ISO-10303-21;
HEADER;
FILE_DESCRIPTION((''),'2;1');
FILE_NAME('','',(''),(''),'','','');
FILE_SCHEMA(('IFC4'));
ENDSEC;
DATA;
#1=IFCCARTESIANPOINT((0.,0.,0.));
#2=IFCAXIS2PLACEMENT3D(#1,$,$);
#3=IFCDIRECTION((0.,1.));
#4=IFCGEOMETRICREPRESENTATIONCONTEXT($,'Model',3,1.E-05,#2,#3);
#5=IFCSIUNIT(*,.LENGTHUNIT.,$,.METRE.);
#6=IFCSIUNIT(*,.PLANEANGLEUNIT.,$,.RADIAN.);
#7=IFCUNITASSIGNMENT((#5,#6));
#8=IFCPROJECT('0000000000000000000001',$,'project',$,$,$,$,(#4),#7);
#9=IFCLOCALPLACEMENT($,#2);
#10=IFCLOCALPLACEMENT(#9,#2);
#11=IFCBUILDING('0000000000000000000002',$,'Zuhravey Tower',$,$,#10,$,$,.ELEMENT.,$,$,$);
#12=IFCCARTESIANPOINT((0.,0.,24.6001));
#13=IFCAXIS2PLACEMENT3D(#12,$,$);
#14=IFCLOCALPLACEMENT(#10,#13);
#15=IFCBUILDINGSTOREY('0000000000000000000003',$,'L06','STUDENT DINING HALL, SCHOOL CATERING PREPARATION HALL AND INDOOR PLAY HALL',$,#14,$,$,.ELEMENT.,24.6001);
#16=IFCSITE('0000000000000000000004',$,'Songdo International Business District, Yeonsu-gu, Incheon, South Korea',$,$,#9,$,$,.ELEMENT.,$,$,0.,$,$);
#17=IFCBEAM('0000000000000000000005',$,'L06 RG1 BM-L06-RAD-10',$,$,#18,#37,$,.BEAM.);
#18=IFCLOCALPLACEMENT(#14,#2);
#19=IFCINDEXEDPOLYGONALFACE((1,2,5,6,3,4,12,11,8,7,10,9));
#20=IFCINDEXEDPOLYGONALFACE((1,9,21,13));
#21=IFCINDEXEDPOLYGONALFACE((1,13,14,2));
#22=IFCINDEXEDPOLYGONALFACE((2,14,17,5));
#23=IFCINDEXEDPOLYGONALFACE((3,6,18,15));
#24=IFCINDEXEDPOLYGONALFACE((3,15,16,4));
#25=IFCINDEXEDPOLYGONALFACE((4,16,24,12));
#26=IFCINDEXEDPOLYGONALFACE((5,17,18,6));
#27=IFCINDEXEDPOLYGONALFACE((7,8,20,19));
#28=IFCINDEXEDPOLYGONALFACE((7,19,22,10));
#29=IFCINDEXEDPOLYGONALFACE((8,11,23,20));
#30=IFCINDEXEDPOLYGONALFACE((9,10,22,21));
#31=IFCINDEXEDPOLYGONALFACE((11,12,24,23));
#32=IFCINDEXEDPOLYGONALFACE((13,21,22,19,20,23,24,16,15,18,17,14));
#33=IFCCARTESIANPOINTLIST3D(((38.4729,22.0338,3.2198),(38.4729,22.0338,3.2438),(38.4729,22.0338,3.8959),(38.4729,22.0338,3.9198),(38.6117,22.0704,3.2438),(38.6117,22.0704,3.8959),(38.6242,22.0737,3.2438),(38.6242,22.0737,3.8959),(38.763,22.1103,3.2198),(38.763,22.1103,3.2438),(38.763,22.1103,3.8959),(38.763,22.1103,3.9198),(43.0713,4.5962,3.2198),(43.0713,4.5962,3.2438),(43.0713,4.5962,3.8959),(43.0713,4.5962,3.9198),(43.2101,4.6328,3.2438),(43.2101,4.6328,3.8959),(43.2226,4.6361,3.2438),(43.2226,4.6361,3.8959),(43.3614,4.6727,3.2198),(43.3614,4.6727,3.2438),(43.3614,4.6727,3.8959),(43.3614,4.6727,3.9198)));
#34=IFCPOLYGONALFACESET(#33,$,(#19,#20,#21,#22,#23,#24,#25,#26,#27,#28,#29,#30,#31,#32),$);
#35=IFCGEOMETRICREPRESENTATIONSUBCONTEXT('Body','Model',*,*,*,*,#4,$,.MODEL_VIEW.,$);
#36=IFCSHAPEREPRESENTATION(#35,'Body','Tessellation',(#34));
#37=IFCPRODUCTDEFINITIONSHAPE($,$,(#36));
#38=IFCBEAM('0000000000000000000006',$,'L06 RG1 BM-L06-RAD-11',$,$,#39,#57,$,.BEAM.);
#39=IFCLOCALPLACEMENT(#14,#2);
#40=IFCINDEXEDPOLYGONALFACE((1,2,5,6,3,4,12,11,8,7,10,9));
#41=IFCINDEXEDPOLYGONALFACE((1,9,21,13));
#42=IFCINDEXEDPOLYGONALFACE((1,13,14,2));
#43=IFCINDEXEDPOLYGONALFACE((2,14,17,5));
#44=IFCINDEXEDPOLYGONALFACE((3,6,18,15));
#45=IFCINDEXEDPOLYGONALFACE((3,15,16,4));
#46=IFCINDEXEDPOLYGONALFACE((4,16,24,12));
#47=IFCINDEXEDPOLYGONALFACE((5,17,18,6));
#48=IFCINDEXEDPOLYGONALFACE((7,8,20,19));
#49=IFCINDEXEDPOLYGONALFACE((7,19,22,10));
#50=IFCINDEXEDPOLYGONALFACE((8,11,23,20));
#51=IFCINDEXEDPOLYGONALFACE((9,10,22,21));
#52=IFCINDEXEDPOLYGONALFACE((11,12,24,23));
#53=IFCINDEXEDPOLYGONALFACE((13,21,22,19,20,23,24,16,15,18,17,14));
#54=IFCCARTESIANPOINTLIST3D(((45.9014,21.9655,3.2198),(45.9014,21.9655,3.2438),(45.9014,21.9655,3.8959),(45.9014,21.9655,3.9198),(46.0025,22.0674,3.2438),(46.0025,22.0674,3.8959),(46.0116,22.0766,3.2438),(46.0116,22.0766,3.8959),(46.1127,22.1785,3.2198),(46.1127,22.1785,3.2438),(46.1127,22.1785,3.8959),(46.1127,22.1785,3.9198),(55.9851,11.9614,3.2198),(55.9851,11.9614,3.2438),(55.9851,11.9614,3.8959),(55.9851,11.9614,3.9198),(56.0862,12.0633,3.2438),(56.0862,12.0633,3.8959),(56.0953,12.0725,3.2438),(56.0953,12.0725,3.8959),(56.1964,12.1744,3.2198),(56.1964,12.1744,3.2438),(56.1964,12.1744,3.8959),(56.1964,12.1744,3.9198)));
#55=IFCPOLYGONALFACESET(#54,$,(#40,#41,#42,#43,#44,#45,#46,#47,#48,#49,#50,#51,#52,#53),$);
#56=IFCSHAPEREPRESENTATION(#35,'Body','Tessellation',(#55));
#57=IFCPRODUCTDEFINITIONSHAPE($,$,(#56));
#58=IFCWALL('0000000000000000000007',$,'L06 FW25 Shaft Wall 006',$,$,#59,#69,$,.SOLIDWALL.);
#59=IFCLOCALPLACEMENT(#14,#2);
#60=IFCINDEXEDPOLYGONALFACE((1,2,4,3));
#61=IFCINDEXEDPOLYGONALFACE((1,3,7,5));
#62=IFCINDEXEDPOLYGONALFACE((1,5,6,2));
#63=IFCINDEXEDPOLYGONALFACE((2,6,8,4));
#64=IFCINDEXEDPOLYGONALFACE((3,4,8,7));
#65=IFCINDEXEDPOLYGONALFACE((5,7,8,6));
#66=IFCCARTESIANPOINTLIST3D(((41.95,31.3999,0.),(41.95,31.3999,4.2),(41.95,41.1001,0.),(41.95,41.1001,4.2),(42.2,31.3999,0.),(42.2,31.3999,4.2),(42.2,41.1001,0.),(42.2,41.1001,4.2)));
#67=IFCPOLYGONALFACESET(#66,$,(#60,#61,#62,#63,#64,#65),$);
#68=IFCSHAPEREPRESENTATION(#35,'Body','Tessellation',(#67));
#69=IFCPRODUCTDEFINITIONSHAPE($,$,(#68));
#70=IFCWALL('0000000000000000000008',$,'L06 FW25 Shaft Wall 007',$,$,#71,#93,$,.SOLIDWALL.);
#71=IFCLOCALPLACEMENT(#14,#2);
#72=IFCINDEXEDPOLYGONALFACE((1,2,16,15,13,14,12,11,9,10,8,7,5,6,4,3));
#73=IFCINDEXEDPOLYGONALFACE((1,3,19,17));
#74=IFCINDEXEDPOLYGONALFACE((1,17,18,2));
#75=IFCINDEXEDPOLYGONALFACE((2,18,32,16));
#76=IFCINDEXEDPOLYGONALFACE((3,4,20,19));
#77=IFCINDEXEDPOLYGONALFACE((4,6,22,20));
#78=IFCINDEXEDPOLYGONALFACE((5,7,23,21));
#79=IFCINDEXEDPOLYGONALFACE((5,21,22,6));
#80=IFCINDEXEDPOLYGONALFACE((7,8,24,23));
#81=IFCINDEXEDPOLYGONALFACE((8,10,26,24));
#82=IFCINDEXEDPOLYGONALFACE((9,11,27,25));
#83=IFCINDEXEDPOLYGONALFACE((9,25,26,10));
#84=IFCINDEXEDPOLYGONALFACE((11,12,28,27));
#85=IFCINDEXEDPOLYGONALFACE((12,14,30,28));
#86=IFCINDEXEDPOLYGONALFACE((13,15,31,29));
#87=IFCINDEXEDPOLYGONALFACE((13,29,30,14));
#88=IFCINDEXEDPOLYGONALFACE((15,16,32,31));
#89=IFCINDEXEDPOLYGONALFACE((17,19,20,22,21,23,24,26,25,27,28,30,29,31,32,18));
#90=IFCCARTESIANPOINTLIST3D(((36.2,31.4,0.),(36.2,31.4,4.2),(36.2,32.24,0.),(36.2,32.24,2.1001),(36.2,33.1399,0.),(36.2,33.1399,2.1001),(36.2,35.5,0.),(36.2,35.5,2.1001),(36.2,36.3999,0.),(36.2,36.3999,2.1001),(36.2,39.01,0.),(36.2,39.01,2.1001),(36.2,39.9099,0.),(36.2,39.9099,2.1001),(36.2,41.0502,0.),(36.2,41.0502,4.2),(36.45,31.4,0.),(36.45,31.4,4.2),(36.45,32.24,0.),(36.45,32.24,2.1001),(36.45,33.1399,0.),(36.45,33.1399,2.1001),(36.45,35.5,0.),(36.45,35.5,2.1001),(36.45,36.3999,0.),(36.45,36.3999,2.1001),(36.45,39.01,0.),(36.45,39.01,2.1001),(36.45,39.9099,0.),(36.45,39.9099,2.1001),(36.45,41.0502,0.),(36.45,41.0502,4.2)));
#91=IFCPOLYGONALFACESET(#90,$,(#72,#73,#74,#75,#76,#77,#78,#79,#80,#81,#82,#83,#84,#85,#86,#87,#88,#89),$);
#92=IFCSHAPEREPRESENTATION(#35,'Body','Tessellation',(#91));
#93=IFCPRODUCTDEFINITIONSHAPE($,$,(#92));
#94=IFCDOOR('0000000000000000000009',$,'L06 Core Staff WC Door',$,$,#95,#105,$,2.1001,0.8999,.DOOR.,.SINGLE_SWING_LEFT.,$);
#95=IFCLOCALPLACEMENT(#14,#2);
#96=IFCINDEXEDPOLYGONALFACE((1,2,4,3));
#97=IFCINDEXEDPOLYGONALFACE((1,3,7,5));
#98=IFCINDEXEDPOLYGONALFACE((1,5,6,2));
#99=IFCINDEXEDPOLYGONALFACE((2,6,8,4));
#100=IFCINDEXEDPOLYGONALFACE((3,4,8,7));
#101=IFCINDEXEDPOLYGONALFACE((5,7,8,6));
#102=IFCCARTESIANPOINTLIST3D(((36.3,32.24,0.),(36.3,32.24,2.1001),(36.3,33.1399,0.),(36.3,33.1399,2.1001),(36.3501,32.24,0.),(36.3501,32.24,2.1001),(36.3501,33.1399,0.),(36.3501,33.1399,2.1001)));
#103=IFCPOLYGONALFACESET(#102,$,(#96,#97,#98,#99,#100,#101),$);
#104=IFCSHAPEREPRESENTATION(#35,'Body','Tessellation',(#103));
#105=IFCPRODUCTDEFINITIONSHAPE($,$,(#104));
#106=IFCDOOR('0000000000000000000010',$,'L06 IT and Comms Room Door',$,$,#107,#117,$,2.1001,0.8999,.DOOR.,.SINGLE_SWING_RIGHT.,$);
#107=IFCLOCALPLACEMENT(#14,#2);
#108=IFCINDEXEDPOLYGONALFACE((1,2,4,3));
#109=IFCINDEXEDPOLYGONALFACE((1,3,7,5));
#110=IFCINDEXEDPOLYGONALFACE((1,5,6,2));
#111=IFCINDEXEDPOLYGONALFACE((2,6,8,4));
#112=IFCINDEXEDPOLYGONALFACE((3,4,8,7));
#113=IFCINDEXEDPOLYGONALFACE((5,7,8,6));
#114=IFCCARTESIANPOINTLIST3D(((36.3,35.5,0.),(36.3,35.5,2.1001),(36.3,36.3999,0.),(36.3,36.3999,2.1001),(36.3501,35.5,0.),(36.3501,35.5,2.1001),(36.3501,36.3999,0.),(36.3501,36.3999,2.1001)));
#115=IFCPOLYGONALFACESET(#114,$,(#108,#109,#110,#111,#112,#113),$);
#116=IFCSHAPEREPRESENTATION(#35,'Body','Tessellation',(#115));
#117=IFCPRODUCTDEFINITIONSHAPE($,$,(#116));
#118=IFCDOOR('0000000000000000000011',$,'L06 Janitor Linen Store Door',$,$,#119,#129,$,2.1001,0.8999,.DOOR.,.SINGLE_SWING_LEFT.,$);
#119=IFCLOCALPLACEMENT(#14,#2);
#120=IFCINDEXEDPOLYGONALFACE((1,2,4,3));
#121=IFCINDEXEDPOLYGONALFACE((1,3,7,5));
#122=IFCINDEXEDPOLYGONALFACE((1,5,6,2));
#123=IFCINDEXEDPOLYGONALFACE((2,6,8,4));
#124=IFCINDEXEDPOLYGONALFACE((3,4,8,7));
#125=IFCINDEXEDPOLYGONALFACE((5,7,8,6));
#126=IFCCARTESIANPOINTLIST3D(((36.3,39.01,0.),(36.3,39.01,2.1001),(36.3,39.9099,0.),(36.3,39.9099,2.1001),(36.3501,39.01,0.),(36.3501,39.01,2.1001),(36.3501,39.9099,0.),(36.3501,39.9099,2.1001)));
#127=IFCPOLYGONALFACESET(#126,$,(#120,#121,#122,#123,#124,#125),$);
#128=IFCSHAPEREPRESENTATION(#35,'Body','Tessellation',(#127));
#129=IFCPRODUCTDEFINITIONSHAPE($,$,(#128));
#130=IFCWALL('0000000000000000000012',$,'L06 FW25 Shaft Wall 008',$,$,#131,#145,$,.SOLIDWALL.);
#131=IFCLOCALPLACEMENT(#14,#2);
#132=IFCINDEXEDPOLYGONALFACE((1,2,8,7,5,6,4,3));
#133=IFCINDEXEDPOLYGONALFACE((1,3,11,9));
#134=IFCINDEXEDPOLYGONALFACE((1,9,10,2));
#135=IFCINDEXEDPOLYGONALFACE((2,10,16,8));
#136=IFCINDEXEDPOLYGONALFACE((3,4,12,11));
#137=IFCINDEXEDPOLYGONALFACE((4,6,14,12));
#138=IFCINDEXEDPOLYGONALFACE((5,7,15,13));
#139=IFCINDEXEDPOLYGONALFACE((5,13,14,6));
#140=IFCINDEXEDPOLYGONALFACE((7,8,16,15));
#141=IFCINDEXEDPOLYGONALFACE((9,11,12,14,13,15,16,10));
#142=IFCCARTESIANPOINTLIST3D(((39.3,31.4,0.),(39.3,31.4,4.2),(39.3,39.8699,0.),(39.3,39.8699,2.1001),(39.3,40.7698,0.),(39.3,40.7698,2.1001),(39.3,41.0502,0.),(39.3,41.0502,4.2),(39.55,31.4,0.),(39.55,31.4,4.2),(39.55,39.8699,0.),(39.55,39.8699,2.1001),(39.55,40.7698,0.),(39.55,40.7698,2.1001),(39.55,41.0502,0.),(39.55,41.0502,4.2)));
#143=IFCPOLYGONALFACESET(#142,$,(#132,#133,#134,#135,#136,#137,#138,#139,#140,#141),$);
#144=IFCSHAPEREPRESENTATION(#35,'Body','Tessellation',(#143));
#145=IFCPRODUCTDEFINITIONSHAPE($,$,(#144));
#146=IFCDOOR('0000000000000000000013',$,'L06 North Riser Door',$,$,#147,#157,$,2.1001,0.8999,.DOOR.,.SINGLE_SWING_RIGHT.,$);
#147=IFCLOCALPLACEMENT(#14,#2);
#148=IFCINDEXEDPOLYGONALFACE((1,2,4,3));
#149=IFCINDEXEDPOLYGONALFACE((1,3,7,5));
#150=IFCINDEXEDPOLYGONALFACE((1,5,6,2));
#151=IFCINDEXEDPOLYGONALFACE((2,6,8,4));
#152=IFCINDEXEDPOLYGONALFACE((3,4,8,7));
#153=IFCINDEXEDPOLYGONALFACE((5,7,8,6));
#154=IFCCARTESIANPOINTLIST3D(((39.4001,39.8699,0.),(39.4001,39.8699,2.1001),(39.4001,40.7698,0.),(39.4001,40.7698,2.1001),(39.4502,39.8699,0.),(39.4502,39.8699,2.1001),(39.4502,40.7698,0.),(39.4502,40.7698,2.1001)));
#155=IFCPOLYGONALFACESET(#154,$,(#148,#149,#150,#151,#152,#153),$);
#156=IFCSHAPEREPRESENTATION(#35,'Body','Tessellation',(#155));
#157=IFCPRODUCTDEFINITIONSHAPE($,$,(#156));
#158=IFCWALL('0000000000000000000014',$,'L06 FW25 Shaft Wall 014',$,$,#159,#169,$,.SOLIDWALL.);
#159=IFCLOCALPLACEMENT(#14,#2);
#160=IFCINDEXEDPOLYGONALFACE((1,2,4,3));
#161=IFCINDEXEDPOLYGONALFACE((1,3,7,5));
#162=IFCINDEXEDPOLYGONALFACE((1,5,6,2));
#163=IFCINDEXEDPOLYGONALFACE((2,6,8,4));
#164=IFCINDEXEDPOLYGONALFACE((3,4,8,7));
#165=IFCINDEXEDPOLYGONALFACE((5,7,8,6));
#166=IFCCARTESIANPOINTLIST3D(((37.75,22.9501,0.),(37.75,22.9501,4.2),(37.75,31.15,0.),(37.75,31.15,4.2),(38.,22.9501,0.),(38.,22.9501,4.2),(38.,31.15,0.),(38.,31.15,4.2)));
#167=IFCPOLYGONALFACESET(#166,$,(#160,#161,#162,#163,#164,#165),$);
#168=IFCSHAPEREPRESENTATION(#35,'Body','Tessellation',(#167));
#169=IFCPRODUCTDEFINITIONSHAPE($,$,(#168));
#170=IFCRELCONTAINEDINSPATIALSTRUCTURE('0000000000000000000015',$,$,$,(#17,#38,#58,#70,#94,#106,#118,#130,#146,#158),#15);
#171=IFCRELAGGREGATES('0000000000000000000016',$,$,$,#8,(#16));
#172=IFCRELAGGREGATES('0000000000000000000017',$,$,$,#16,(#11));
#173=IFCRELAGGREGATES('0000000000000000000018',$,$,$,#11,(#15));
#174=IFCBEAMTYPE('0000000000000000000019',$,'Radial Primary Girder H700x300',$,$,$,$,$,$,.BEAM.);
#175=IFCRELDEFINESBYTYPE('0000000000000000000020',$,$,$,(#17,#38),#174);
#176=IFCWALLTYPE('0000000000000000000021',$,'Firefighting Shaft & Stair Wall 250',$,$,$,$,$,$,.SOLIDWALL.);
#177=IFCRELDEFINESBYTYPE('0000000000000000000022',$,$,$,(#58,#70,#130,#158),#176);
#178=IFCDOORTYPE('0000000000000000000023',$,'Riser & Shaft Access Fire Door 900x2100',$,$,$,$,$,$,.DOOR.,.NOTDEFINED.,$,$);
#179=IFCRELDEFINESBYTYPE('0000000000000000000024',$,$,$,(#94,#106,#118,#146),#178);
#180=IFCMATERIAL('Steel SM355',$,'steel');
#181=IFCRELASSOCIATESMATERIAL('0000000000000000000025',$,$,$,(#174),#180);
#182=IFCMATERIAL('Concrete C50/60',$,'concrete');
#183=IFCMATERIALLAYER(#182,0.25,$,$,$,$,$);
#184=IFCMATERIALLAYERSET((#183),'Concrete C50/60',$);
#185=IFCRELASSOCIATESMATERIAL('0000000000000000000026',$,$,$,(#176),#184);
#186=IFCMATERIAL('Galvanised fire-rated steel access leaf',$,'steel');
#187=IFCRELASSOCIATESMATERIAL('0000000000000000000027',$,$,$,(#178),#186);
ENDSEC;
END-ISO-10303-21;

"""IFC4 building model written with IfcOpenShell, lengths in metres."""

from ifc_helpers import new_model, si_unit, direction, frame, frame_2d, origin, origin_2d, place, context, subcontext, project, spatial, rectangle, i_section, extrude, material, layer, layer_set, material_profile, profile_set, type_object, element, fill, save


model = new_model("IFC4")

# Units and contexts
model_context = context("Model", 3, precision=1e-05, world=origin(), true_north=direction((0.0, 1.0)))
body_context = subcontext(model_context, "Body", "Model", "MODEL_VIEW")
ifc_project = project(units=[si_unit("LENGTHUNIT", "METRE"), si_unit("PLANEANGLEUNIT", "RADIAN")], contexts=[model_context])

# Site, building, storey
site_placement = place(None, origin())
site = spatial("IfcSite", under=ifc_project, at=site_placement, Name="Songdo International Business District, Yeonsu-gu, Incheon, South Korea", CompositionType="ELEMENT", RefElevation=0.0)
building_placement = place(site_placement, origin())
building = spatial("IfcBuilding", under=site, at=building_placement, Name="Zuhravey Tower", CompositionType="ELEMENT")
storey_placement = place(building_placement, frame((0.0, 0.0, 24.6001)))
storey = spatial("IfcBuildingStorey", under=building, at=storey_placement, Name="L06", Description="STUDENT DINING HALL, SCHOOL CATERING PREPARATION HALL AND INDOOR PLAY HALL", CompositionType="ELEMENT", Elevation=24.6001)

# Beams
ifc_material_1 = material(Name="Steel SM355", Category="steel")
ifc_material_profile = material_profile(ifc_material_1, i_section(OverallWidth=0.3, OverallDepth=0.7, WebThickness=0.0129, FlangeThickness=0.0239, at=origin_2d()), Name="H-700x300x13x24")
ifc_profile_set = profile_set([ifc_material_profile], Name="Steel SM355")
beam_type = type_object("IfcBeamType", Name="Radial Primary Girder H700x300", PredefinedType="BEAM", material=ifc_profile_set)
beam_1_placement = place(storey_placement, frame((38.6179, 22.072, 3.5698), z_axis=(0.25499, -0.966944, 0.0), x_axis=(0.966944, 0.25499, 0.0)))
element("IfcBeam", 1, at=beam_1_placement, inside=storey, type_object=beam_type, Name="L06 RG1 BM-L06-RAD-10", PredefinedType="BEAM", context=body_context, shape_type="SweptSolid", body=[
    extrude(i_section(OverallWidth=0.3, OverallDepth=0.7, WebThickness=0.0129, FlangeThickness=0.0239, at=origin_2d()), origin(), (0.0, 0.0, 1.0), 18.0337),
])
beam_2_placement = place(storey_placement, frame((46.0071, 22.072, 3.5698), z_axis=(0.709903, -0.7043, 0.0), x_axis=(0.7043, 0.709903, 0.0)))
element("IfcBeam", 2, at=beam_2_placement, inside=storey, type_object=beam_type, Name="L06 RG1 BM-L06-RAD-11", PredefinedType="BEAM", context=body_context, shape_type="SweptSolid", body=[
    extrude(i_section(OverallWidth=0.3, OverallDepth=0.7, WebThickness=0.0129, FlangeThickness=0.0239, at=origin_2d()), origin(), (0.0, 0.0, 1.0), 14.2043),
])

# Wall
ifc_material_2 = material(Name="Concrete C50/60", Category="concrete")
ifc_layer_1 = layer(ifc_material_2, 0.25)
ifc_layer_set_1 = layer_set([ifc_layer_1], Name="Concrete C50/60")
wall_type_1 = type_object("IfcWallType", Name="Firefighting Shaft & Stair Wall 250", PredefinedType="SOLIDWALL", material=ifc_layer_set_1)
wall_1_placement = place(storey_placement, frame((42.075, 31.3999, 0.0), z_axis=(0.0, 0.0, 1.0), x_axis=(0.0, 1.0, 0.0)))
element("IfcWall", 3, at=wall_1_placement, inside=storey, type_object=wall_type_1, Name="L06 FW25 Shaft Wall 006", PredefinedType="SOLIDWALL", context=body_context, shape_type="SweptSolid", body=[
    extrude(rectangle(XDim=9.7002, YDim=0.25, at=frame_2d((4.8501, 0.0))), origin(), (0.0, 0.0, 1.0), 4.2),
])

# Wall, openings, doors
wall_2_placement = place(storey_placement, frame((36.325, 31.3999, 0.0), z_axis=(0.0, 0.0, 1.0), x_axis=(0.0, 1.0, 0.0)))
wall_2 = element("IfcWall", 4, at=wall_2_placement, inside=storey, type_object=wall_type_1, Name="L06 FW25 Shaft Wall 007", PredefinedType="SOLIDWALL", context=body_context, shape_type="SweptSolid", body=[
    extrude(rectangle(XDim=9.6501, YDim=0.25, at=frame_2d((4.8252, 0.0))), origin(), (0.0, 0.0, 1.0), 4.2),
])
opening_1_placement = place(wall_2_placement, frame((0.8401, 0.0, 0.0)))
opening_1 = element("IfcOpeningElement", 5, at=opening_1_placement, cuts=wall_2, PredefinedType="OPENING", context=body_context, shape_type="SweptSolid", body=[
    extrude(rectangle(XDim=0.8999, YDim=2.1001, at=frame_2d((0.45, 1.05))), frame((0.0, 0.137, 0.0), z_axis=(0.0, -1.0, 0.0), x_axis=(1.0, 0.0, 0.0)), (0.0, 0.0, 1.0), 0.2739),
])
opening_2_placement = place(wall_2_placement, frame((4.1001, 0.0, 0.0)))
opening_2 = element("IfcOpeningElement", 6, at=opening_2_placement, cuts=wall_2, PredefinedType="OPENING", context=body_context, shape_type="SweptSolid", body=[
    extrude(rectangle(XDim=0.8999, YDim=2.1001, at=frame_2d((0.45, 1.05))), frame((0.0, 0.137, 0.0), z_axis=(0.0, -1.0, 0.0), x_axis=(1.0, 0.0, 0.0)), (0.0, 0.0, 1.0), 0.2739),
])
opening_3_placement = place(wall_2_placement, frame((7.6101, 0.0, 0.0)))
opening_3 = element("IfcOpeningElement", 7, at=opening_3_placement, cuts=wall_2, PredefinedType="OPENING", context=body_context, shape_type="SweptSolid", body=[
    extrude(rectangle(XDim=0.8999, YDim=2.1001, at=frame_2d((0.45, 1.05))), frame((0.0, 0.137, 0.0), z_axis=(0.0, -1.0, 0.0), x_axis=(1.0, 0.0, 0.0)), (0.0, 0.0, 1.0), 0.2739),
])
ifc_material_3 = material(Name="Galvanised fire-rated steel access leaf", Category="steel")
door_type_1 = type_object("IfcDoorType", Name="Riser & Shaft Access Fire Door 900x2100", OperationType="NOTDEFINED", PredefinedType="DOOR", material=ifc_material_3)
door_1_placement = place(opening_1_placement, origin())
door_1 = element("IfcDoor", 8, at=door_1_placement, inside=storey, type_object=door_type_1, Name="L06 Core Staff WC Door", OperationType="SINGLE_SWING_LEFT", OverallHeight=2.1001, OverallWidth=0.8999, PredefinedType="DOOR", context=body_context, shape_type="SweptSolid", body=[
    extrude(rectangle(XDim=0.8999, YDim=2.1001, at=frame_2d((0.45, 1.05))), frame((0.0, 0.0249, 0.0), z_axis=(0.0, -1.0, 0.0), x_axis=(1.0, 0.0, 0.0)), (0.0, 0.0, 1.0), 0.05),
])
fill(opening_1, door_1)
door_2_placement = place(opening_2_placement, origin())
door_2 = element("IfcDoor", 9, at=door_2_placement, inside=storey, type_object=door_type_1, Name="L06 IT and Comms Room Door", OperationType="SINGLE_SWING_RIGHT", OverallHeight=2.1001, OverallWidth=0.8999, PredefinedType="DOOR", context=body_context, shape_type="SweptSolid", body=[
    extrude(rectangle(XDim=0.8999, YDim=2.1001, at=frame_2d((0.45, 1.05))), frame((0.0, 0.0249, 0.0), z_axis=(0.0, -1.0, 0.0), x_axis=(1.0, 0.0, 0.0)), (0.0, 0.0, 1.0), 0.05),
])
fill(opening_2, door_2)
door_3_placement = place(opening_3_placement, origin())
door_3 = element("IfcDoor", 10, at=door_3_placement, inside=storey, type_object=door_type_1, Name="L06 Janitor Linen Store Door", OperationType="SINGLE_SWING_LEFT", OverallHeight=2.1001, OverallWidth=0.8999, PredefinedType="DOOR", context=body_context, shape_type="SweptSolid", body=[
    extrude(rectangle(XDim=0.8999, YDim=2.1001, at=frame_2d((0.45, 1.05))), frame((0.0, 0.0249, 0.0), z_axis=(0.0, -1.0, 0.0), x_axis=(1.0, 0.0, 0.0)), (0.0, 0.0, 1.0), 0.05),
])
fill(opening_3, door_3)

# Wall, opening, door
wall_3_placement = place(storey_placement, frame((39.425, 31.3999, 0.0), z_axis=(0.0, 0.0, 1.0), x_axis=(0.0, 1.0, 0.0)))
wall_3 = element("IfcWall", 11, at=wall_3_placement, inside=storey, type_object=wall_type_1, Name="L06 FW25 Shaft Wall 008", PredefinedType="SOLIDWALL", context=body_context, shape_type="SweptSolid", body=[
    extrude(rectangle(XDim=9.6501, YDim=0.25, at=frame_2d((4.8252, 0.0))), origin(), (0.0, 0.0, 1.0), 4.2),
])
opening_4_placement = place(wall_3_placement, frame((8.47, 0.0, 0.0)))
opening_4 = element("IfcOpeningElement", 12, at=opening_4_placement, cuts=wall_3, PredefinedType="OPENING", context=body_context, shape_type="SweptSolid", body=[
    extrude(rectangle(XDim=0.8999, YDim=2.1001, at=frame_2d((0.45, 1.05))), frame((0.0, 0.137, 0.0), z_axis=(0.0, -1.0, 0.0), x_axis=(1.0, 0.0, 0.0)), (0.0, 0.0, 1.0), 0.2739),
])
door_4_placement = place(opening_4_placement, origin())
door_4 = element("IfcDoor", 13, at=door_4_placement, inside=storey, type_object=door_type_1, Name="L06 North Riser Door", OperationType="SINGLE_SWING_RIGHT", OverallHeight=2.1001, OverallWidth=0.8999, PredefinedType="DOOR", context=body_context, shape_type="SweptSolid", body=[
    extrude(rectangle(XDim=0.8999, YDim=2.1001, at=frame_2d((0.45, 1.05))), frame((0.0, 0.0249, 0.0), z_axis=(0.0, -1.0, 0.0), x_axis=(1.0, 0.0, 0.0)), (0.0, 0.0, 1.0), 0.05),
])
fill(opening_4, door_4)

# Wall
for number, where, z_axis, x_axis, name in (
    (14, (37.875, 22.95, 0.0), (0.0, 0.0, 1.0), (0.0, 1.0, 0.0), "L06 FW25 Shaft Wall 014"),
):
    element("IfcWall", number, at=place(storey_placement, frame(where, z_axis=z_axis, x_axis=x_axis)), inside=storey, type_object=wall_type_1, Name=name, PredefinedType="SOLIDWALL", context=body_context, shape_type="SweptSolid", body=[
        extrude(rectangle(XDim=8.2, YDim=0.25, at=frame_2d((4.1001, 0.0))), origin(), (0.0, 0.0, 1.0), 4.2),
    ])

save(model, "model.ifc")
